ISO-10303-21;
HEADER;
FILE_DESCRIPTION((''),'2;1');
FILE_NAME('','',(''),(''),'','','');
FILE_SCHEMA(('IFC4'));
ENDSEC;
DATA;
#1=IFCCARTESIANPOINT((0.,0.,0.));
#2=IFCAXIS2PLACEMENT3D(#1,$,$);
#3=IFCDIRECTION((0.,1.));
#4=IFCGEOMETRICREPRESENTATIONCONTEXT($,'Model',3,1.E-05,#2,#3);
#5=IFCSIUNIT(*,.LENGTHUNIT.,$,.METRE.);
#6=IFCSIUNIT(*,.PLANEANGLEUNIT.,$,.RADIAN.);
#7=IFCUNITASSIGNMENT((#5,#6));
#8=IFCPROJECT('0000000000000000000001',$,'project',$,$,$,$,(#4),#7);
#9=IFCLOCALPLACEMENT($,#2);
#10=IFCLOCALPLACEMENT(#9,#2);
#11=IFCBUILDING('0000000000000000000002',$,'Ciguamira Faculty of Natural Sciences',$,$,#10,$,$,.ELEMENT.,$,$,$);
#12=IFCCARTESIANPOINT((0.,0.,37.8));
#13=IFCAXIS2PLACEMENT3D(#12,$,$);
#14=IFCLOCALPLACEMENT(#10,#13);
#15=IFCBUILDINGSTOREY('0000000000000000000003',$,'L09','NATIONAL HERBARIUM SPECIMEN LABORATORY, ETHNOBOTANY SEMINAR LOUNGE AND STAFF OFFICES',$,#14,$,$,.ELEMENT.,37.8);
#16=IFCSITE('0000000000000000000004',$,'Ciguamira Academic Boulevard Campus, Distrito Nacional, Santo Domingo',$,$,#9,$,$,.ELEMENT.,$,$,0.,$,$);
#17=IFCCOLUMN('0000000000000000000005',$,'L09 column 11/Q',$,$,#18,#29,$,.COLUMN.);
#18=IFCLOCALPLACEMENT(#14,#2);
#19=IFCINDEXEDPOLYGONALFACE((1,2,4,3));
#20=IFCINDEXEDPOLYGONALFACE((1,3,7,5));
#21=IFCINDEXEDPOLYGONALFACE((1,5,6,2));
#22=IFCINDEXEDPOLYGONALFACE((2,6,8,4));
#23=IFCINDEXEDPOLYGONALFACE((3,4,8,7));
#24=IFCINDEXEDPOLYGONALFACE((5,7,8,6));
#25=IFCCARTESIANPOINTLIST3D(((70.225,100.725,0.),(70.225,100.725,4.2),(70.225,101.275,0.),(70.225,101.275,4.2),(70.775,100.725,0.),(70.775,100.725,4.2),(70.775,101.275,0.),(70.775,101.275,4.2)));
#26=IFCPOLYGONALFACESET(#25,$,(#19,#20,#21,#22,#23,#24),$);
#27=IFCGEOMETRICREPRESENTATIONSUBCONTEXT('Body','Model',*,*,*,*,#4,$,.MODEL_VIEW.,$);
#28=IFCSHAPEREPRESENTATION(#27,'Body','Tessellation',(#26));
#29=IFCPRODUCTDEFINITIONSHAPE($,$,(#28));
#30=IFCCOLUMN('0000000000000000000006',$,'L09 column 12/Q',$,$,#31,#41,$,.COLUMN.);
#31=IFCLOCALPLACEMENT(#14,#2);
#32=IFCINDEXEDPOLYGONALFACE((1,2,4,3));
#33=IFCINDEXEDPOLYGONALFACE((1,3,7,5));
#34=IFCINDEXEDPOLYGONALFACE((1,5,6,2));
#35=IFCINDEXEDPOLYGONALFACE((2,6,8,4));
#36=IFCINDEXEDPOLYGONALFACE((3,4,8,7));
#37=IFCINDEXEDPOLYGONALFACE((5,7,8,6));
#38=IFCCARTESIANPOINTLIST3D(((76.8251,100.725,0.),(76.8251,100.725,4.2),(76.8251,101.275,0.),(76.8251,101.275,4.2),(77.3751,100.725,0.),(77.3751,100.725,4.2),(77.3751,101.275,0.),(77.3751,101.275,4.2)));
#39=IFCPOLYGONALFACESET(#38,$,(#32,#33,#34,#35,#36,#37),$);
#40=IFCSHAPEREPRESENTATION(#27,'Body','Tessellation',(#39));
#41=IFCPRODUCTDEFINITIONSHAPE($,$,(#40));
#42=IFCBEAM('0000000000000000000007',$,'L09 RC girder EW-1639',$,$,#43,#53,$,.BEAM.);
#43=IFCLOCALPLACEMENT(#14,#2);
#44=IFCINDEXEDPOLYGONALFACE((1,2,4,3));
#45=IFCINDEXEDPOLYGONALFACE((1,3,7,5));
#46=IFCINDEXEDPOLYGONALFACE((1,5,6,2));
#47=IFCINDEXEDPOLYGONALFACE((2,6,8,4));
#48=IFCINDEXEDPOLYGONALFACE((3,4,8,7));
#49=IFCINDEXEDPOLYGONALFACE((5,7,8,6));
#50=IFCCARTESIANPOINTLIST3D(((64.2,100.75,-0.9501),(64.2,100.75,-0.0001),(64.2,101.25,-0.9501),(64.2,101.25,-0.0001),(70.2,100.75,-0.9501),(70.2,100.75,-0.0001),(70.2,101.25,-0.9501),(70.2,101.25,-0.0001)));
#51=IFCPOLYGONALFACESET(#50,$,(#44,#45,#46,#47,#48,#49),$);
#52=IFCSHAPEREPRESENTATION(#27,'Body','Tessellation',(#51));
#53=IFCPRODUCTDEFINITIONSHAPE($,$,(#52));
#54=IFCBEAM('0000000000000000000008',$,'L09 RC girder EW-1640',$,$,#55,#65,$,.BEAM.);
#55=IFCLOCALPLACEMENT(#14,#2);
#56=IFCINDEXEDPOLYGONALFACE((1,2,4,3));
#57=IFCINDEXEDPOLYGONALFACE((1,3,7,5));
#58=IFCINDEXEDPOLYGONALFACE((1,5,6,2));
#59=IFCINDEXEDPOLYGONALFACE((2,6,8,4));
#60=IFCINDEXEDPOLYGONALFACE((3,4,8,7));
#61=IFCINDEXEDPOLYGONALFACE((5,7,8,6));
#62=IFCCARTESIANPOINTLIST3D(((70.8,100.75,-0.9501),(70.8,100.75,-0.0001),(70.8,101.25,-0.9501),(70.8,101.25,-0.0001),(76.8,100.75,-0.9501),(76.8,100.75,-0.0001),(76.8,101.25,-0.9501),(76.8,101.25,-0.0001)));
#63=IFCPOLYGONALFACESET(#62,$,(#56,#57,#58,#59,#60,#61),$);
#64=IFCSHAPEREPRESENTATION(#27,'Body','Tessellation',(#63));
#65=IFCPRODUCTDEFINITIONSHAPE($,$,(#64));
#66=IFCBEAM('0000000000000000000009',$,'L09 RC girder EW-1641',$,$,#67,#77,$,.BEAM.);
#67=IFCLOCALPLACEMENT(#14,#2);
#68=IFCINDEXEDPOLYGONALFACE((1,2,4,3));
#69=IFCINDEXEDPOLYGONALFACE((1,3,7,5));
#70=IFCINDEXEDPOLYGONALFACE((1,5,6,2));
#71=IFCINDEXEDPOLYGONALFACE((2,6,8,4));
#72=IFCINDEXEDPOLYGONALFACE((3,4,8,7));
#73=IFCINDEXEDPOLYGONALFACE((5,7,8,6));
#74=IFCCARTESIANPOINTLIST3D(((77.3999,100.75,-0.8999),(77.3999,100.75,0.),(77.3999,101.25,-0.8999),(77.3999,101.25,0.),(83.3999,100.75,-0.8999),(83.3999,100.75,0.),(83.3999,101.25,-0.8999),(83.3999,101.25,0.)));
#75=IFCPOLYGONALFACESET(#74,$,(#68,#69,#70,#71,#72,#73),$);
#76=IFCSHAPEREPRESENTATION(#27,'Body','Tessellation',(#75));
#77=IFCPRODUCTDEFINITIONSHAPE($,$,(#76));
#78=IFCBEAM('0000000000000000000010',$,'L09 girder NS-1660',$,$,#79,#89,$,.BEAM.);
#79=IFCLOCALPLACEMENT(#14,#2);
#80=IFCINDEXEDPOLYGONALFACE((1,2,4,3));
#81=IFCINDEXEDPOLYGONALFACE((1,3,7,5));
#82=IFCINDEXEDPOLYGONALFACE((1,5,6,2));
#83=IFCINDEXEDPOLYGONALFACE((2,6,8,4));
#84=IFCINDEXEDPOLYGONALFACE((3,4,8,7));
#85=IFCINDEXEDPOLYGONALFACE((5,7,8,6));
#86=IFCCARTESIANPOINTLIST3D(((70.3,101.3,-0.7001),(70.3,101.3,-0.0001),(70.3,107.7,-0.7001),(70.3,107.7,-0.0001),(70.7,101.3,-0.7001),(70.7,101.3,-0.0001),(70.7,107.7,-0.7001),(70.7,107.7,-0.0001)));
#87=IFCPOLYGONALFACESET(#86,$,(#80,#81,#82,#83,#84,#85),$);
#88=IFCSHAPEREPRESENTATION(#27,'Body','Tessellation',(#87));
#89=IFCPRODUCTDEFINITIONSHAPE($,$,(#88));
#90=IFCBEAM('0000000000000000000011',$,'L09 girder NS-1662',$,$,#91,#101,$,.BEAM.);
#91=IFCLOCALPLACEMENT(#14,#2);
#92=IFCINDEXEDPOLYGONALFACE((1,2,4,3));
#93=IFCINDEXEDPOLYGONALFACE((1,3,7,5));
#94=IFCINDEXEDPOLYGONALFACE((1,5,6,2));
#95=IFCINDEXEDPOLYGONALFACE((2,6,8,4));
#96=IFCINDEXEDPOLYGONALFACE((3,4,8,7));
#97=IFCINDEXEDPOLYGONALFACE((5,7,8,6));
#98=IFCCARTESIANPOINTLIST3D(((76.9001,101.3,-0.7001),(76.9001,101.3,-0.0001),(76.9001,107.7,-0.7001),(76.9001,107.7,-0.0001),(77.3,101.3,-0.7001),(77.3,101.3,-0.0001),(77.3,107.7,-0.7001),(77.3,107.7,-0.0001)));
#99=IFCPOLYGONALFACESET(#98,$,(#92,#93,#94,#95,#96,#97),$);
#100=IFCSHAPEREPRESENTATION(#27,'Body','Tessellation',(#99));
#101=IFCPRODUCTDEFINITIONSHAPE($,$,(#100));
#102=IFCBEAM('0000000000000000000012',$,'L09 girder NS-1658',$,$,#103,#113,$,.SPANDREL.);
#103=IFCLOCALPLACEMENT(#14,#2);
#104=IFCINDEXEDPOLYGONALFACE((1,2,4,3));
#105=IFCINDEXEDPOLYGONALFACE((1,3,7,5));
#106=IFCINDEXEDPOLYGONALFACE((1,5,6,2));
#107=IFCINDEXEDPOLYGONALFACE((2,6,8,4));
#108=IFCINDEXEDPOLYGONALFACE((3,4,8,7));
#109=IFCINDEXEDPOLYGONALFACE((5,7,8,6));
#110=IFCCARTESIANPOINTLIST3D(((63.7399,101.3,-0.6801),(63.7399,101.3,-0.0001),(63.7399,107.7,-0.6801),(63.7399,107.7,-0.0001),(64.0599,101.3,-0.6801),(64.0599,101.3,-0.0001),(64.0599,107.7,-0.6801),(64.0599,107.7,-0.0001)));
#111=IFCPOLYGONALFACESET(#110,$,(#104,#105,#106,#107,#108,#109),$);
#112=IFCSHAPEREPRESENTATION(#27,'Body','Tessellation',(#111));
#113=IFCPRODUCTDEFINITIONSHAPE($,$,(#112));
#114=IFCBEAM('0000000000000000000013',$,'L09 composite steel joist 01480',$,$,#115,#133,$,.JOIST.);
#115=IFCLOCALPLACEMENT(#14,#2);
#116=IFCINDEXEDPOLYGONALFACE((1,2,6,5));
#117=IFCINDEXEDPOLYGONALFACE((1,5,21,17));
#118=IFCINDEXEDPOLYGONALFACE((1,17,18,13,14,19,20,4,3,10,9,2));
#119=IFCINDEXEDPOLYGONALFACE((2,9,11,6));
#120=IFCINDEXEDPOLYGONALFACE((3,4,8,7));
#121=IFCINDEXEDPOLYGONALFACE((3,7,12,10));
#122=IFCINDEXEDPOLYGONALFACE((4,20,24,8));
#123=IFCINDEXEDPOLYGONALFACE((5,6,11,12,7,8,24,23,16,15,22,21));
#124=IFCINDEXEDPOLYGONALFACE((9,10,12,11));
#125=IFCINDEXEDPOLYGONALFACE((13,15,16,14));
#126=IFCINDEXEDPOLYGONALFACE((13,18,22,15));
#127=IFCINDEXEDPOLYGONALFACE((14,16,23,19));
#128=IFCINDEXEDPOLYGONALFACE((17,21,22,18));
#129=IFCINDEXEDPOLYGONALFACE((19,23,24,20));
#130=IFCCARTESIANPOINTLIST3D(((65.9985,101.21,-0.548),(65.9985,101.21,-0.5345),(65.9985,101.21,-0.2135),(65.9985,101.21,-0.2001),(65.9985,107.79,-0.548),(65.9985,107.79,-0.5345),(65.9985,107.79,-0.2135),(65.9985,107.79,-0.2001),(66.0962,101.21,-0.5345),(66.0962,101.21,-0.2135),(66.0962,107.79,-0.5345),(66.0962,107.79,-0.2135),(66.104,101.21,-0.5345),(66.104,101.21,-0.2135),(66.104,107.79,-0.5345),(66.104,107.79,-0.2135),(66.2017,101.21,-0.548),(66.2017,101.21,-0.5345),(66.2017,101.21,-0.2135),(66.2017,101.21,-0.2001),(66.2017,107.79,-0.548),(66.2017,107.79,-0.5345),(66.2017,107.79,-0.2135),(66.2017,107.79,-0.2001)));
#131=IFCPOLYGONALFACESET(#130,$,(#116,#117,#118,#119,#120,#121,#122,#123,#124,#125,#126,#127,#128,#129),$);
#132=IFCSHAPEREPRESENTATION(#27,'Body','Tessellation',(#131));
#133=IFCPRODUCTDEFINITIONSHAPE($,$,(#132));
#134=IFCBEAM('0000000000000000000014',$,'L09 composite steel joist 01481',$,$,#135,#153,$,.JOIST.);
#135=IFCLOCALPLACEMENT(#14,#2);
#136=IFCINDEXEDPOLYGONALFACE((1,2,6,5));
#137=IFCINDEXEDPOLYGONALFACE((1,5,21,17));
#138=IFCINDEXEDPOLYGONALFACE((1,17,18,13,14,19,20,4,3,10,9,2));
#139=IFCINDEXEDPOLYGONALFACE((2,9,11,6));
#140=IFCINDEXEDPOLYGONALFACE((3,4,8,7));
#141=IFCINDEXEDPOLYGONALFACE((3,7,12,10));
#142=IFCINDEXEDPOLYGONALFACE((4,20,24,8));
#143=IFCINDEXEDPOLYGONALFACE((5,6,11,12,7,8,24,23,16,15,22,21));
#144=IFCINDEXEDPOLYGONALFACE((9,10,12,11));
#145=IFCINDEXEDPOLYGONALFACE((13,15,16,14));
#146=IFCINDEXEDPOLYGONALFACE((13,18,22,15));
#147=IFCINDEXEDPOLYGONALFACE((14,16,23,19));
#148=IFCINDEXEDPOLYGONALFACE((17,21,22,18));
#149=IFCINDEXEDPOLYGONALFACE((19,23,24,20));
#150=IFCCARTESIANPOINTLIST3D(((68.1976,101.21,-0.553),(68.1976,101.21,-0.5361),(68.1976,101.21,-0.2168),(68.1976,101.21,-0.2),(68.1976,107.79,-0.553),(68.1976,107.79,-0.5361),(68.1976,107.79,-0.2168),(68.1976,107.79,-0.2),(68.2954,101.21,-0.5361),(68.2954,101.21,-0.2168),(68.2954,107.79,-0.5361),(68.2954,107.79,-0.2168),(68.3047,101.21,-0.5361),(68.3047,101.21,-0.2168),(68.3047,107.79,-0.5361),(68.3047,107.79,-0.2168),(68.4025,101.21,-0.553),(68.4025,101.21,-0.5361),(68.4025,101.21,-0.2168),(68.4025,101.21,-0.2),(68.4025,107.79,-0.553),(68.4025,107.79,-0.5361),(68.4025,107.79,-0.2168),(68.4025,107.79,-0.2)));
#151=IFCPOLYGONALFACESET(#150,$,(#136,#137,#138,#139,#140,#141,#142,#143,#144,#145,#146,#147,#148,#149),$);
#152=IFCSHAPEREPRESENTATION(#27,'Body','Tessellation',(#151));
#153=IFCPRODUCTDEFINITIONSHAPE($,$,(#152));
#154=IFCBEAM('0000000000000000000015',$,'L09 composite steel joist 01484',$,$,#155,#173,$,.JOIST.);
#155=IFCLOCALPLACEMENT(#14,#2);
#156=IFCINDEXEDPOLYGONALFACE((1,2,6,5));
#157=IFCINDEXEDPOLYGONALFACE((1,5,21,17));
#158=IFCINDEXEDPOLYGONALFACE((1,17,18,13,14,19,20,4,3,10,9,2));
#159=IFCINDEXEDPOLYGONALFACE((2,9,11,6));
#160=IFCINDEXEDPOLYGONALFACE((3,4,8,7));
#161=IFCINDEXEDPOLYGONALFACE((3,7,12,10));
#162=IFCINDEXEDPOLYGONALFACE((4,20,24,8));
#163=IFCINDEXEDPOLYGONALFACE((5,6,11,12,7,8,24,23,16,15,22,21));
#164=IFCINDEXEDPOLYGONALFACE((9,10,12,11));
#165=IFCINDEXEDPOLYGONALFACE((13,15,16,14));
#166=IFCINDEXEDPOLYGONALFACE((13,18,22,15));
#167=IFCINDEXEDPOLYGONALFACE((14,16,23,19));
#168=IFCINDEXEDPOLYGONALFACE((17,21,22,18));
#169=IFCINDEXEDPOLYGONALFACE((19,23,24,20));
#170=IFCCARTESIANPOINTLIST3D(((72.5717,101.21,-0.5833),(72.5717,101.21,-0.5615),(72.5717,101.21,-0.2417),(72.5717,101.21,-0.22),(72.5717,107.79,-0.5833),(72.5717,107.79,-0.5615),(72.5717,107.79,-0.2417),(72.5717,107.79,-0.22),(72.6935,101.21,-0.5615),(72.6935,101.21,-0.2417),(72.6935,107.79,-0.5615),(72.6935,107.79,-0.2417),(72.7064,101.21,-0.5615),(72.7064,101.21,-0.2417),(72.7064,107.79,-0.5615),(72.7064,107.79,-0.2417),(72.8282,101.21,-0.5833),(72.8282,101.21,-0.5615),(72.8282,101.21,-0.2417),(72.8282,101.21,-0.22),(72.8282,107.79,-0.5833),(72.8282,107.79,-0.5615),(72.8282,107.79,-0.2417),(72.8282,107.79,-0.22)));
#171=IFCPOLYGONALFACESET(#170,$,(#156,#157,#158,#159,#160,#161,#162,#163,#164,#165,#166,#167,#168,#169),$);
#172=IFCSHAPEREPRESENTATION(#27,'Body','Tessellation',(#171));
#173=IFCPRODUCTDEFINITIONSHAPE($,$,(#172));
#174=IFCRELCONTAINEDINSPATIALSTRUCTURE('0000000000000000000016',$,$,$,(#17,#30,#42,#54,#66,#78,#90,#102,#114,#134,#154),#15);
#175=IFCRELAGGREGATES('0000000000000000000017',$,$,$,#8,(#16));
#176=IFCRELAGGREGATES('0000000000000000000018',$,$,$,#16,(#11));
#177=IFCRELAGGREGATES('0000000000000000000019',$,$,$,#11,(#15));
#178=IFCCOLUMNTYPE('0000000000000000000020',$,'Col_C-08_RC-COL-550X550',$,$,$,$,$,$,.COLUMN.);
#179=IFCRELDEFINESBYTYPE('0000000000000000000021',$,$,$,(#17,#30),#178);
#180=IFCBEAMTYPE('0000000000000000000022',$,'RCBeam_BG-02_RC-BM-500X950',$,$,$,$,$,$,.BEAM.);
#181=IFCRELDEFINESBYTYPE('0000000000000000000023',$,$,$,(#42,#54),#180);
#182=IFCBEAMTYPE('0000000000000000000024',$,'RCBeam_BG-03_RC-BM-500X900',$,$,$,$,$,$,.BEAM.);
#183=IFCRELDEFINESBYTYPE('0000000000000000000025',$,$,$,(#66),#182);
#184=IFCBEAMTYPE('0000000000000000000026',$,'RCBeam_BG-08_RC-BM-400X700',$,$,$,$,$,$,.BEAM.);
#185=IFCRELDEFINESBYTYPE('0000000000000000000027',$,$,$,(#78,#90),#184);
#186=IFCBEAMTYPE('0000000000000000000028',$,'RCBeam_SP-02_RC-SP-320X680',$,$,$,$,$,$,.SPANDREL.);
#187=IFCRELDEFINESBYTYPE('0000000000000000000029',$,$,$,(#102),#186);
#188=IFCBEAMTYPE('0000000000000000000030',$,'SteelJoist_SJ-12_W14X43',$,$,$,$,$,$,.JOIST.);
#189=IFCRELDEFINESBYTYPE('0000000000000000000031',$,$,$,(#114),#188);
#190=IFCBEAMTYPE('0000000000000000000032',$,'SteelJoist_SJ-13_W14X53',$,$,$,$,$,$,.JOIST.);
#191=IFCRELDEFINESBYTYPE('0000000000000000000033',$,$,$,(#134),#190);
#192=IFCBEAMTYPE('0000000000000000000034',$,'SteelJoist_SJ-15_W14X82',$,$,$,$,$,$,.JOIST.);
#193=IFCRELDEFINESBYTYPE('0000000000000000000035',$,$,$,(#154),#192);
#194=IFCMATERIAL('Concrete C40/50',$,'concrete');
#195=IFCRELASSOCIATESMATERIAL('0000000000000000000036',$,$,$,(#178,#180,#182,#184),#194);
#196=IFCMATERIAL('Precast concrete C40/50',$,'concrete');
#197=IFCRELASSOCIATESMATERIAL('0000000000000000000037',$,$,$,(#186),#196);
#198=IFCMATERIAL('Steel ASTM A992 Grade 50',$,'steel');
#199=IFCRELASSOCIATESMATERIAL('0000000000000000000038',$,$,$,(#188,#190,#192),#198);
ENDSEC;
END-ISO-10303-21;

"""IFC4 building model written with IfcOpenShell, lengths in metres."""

from ifc_helpers import new_model, si_unit, direction, frame, origin, origin_2d, place, context, subcontext, project, spatial, rectangle, i_section, extrude, material, material_profile, profile_set, type_object, element, save


model = new_model("IFC4")

# Units and contexts
model_context = context("Model", 3, precision=1e-05, world=origin(), true_north=direction((0.0, 1.0)))
body_context = subcontext(model_context, "Body", "Model", "MODEL_VIEW")
ifc_project = project(units=[si_unit("LENGTHUNIT", "METRE"), si_unit("PLANEANGLEUNIT", "RADIAN")], contexts=[model_context])

# Site, building, storey
site_placement = place(None, origin())
site = spatial("IfcSite", under=ifc_project, at=site_placement, Name="Ciguamira Academic Boulevard Campus, Distrito Nacional, Santo Domingo", CompositionType="ELEMENT", RefElevation=0.0)
building_placement = place(site_placement, origin())
building = spatial("IfcBuilding", under=site, at=building_placement, Name="Ciguamira Faculty of Natural Sciences", CompositionType="ELEMENT")
storey_placement = place(building_placement, frame((0.0, 0.0, 37.8)))
storey = spatial("IfcBuildingStorey", under=building, at=storey_placement, Name="L09", Description="NATIONAL HERBARIUM SPECIMEN LABORATORY, ETHNOBOTANY SEMINAR LOUNGE AND STAFF OFFICES", CompositionType="ELEMENT", Elevation=37.8)

# Columns
ifc_material_1 = material(Name="Concrete C40/50", Category="concrete")
ifc_material_profile_1 = material_profile(ifc_material_1, rectangle(XDim=0.55, YDim=0.55, at=origin_2d()), Name="RC-COL-550X550")
ifc_profile_set_1 = profile_set([ifc_material_profile_1], Name="Concrete C40/50")
column_type = type_object("IfcColumnType", Name="Col_C-08_RC-COL-550X550", PredefinedType="COLUMN", material=ifc_profile_set_1)
for number, where, z_axis, x_axis, name in (
    (1, (70.5, 101.0, 0.0), (0.0, 0.0, 1.0), (1.0, 0.0, 0.0), "L09 column 11/Q"),
    (2, (77.1001, 101.0, 0.0), (0.0, 0.0, 1.0), (1.0, 0.0, 0.0), "L09 column 12/Q"),
):
    element("IfcColumn", number, at=place(storey_placement, frame(where, z_axis=z_axis, x_axis=x_axis)), inside=storey, type_object=column_type, Name=name, PredefinedType="COLUMN", context=body_context, shape_type="SweptSolid", body=[
        extrude(rectangle(XDim=0.55, YDim=0.55, at=origin_2d()), origin(), (0.0, 0.0, 1.0), 4.2),
    ])

# Beams
ifc_material_profile_2 = material_profile(ifc_material_1, rectangle(XDim=0.5, YDim=0.95, at=origin_2d()), Name="RC-BM-500X950")
ifc_profile_set_2 = profile_set([ifc_material_profile_2], Name="Concrete C40/50")
beam_type_1 = type_object("IfcBeamType", Name="RCBeam_BG-02_RC-BM-500X950", PredefinedType="BEAM", material=ifc_profile_set_2)
for number, where, z_axis, x_axis, name in (
    (3, (64.2, 101.0, -0.4751), (1.0, 0.0, 0.0), (0.0, 1.0, 0.0), "L09 RC girder EW-1639"),
    (4, (70.8, 101.0, -0.4751), (1.0, 0.0, 0.0), (0.0, 1.0, 0.0), "L09 RC girder EW-1640"),
):
    element("IfcBeam", number, at=place(storey_placement, frame(where, z_axis=z_axis, x_axis=x_axis)), inside=storey, type_object=beam_type_1, Name=name, PredefinedType="BEAM", context=body_context, shape_type="SweptSolid", body=[
        extrude(rectangle(XDim=0.5, YDim=0.95, at=origin_2d()), origin(), (0.0, 0.0, 1.0), 6.0),
    ])
ifc_material_profile_3 = material_profile(ifc_material_1, rectangle(XDim=0.5, YDim=0.8999, at=origin_2d()), Name="RC-BM-500X900")
ifc_profile_set_3 = profile_set([ifc_material_profile_3], Name="Concrete C40/50")
beam_type_2 = type_object("IfcBeamType", Name="RCBeam_BG-03_RC-BM-500X900", PredefinedType="BEAM", material=ifc_profile_set_3)
beam_1_placement = place(storey_placement, frame((77.3999, 101.0, -0.45), z_axis=(1.0, 0.0, 0.0), x_axis=(0.0, 1.0, 0.0)))
element("IfcBeam", 5, at=beam_1_placement, inside=storey, type_object=beam_type_2, Name="L09 RC girder EW-1641", PredefinedType="BEAM", context=body_context, shape_type="SweptSolid", body=[
    extrude(rectangle(XDim=0.5, YDim=0.8999, at=origin_2d()), origin(), (0.0, 0.0, 1.0), 6.0),
])
ifc_material_profile_4 = material_profile(ifc_material_1, rectangle(XDim=0.3999, YDim=0.7, at=origin_2d()), Name="RC-BM-400X700")
ifc_profile_set_4 = profile_set([ifc_material_profile_4], Name="Concrete C40/50")
beam_type_3 = type_object("IfcBeamType", Name="RCBeam_BG-08_RC-BM-400X700", PredefinedType="BEAM", material=ifc_profile_set_4)
for number, where, z_axis, x_axis, name in (
    (6, (70.5, 101.3, -0.3501), (0.0, 1.0, 0.0), (-1.0, 0.0, 0.0), "L09 girder NS-1660"),
    (7, (77.1001, 101.3, -0.3501), (0.0, 1.0, 0.0), (-1.0, 0.0, 0.0), "L09 girder NS-1662"),
):
    element("IfcBeam", number, at=place(storey_placement, frame(where, z_axis=z_axis, x_axis=x_axis)), inside=storey, type_object=beam_type_3, Name=name, PredefinedType="BEAM", context=body_context, shape_type="SweptSolid", body=[
        extrude(rectangle(XDim=0.3999, YDim=0.7, at=origin_2d()), origin(), (0.0, 0.0, 1.0), 6.3999),
    ])
ifc_material_2 = material(Name="Precast concrete C40/50", Category="concrete")
ifc_material_profile_5 = material_profile(ifc_material_2, rectangle(XDim=0.3201, YDim=0.6799, at=origin_2d()), Name="RC-SP-320X680")
ifc_profile_set_5 = profile_set([ifc_material_profile_5], Name="Precast concrete C40/50")
beam_type_4 = type_object("IfcBeamType", Name="RCBeam_SP-02_RC-SP-320X680", PredefinedType="SPANDREL", material=ifc_profile_set_5)
beam_2_placement = place(storey_placement, frame((63.8999, 101.3, -0.3401), z_axis=(0.0, 1.0, 0.0), x_axis=(-1.0, 0.0, 0.0)))
element("IfcBeam", 8, at=beam_2_placement, inside=storey, type_object=beam_type_4, Name="L09 girder NS-1658", PredefinedType="SPANDREL", context=body_context, shape_type="SweptSolid", body=[
    extrude(rectangle(XDim=0.3201, YDim=0.6799, at=origin_2d()), origin(), (0.0, 0.0, 1.0), 6.3999),
])
ifc_material_3 = material(Name="Steel ASTM A992 Grade 50", Category="steel")
ifc_material_profile_6 = material_profile(ifc_material_3, i_section(OverallWidth=0.2031, OverallDepth=0.3479, WebThickness=0.0078, FlangeThickness=0.0134, at=origin_2d()), Name="W14X43")
ifc_profile_set_6 = profile_set([ifc_material_profile_6], Name="Steel ASTM A992 Grade 50")
beam_type_5 = type_object("IfcBeamType", Name="SteelJoist_SJ-12_W14X43", PredefinedType="JOIST", material=ifc_profile_set_6)
beam_3_placement = place(storey_placement, frame((66.1001, 101.21, -0.374), z_axis=(0.0, 1.0, 0.0), x_axis=(-1.0, 0.0, 0.0)))
element("IfcBeam", 9, at=beam_3_placement, inside=storey, type_object=beam_type_5, Name="L09 composite steel joist 01480", PredefinedType="JOIST", context=body_context, shape_type="SweptSolid", body=[
    extrude(i_section(OverallWidth=0.2031, OverallDepth=0.3479, WebThickness=0.0078, FlangeThickness=0.0134, at=origin_2d()), origin(), (0.0, 0.0, 1.0), 6.5801),
])
ifc_material_profile_7 = material_profile(ifc_material_3, i_section(OverallWidth=0.2048, OverallDepth=0.353, WebThickness=0.0093, FlangeThickness=0.0168, at=origin_2d()), Name="W14X53")
ifc_profile_set_7 = profile_set([ifc_material_profile_7], Name="Steel ASTM A992 Grade 50")
beam_type_6 = type_object("IfcBeamType", Name="SteelJoist_SJ-13_W14X53", PredefinedType="JOIST", material=ifc_profile_set_7)
beam_4_placement = place(storey_placement, frame((68.3, 101.21, -0.3765), z_axis=(0.0, 1.0, 0.0), x_axis=(-1.0, 0.0, 0.0)))
element("IfcBeam", 10, at=beam_4_placement, inside=storey, type_object=beam_type_6, Name="L09 composite steel joist 01481", PredefinedType="JOIST", context=body_context, shape_type="SweptSolid", body=[
    extrude(i_section(OverallWidth=0.2048, OverallDepth=0.353, WebThickness=0.0093, FlangeThickness=0.0168, at=origin_2d()), origin(), (0.0, 0.0, 1.0), 6.5801),
])
ifc_material_profile_8 = material_profile(ifc_material_3, i_section(OverallWidth=0.2566, OverallDepth=0.3633, WebThickness=0.0129, FlangeThickness=0.0217, at=origin_2d()), Name="W14X82")
ifc_profile_set_8 = profile_set([ifc_material_profile_8], Name="Steel ASTM A992 Grade 50")
beam_type_7 = type_object("IfcBeamType", Name="SteelJoist_SJ-15_W14X82", PredefinedType="JOIST", material=ifc_profile_set_8)
beam_5_placement = place(storey_placement, frame((72.7, 101.21, -0.4016), z_axis=(0.0, 1.0, 0.0), x_axis=(-1.0, 0.0, 0.0)))
element("IfcBeam", 11, at=beam_5_placement, inside=storey, type_object=beam_type_7, Name="L09 composite steel joist 01484", PredefinedType="JOIST", context=body_context, shape_type="SweptSolid", body=[
    extrude(i_section(OverallWidth=0.2566, OverallDepth=0.3633, WebThickness=0.0129, FlangeThickness=0.0217, at=origin_2d()), origin(), (0.0, 0.0, 1.0), 6.5801),
])

save(model, "model.ifc")
